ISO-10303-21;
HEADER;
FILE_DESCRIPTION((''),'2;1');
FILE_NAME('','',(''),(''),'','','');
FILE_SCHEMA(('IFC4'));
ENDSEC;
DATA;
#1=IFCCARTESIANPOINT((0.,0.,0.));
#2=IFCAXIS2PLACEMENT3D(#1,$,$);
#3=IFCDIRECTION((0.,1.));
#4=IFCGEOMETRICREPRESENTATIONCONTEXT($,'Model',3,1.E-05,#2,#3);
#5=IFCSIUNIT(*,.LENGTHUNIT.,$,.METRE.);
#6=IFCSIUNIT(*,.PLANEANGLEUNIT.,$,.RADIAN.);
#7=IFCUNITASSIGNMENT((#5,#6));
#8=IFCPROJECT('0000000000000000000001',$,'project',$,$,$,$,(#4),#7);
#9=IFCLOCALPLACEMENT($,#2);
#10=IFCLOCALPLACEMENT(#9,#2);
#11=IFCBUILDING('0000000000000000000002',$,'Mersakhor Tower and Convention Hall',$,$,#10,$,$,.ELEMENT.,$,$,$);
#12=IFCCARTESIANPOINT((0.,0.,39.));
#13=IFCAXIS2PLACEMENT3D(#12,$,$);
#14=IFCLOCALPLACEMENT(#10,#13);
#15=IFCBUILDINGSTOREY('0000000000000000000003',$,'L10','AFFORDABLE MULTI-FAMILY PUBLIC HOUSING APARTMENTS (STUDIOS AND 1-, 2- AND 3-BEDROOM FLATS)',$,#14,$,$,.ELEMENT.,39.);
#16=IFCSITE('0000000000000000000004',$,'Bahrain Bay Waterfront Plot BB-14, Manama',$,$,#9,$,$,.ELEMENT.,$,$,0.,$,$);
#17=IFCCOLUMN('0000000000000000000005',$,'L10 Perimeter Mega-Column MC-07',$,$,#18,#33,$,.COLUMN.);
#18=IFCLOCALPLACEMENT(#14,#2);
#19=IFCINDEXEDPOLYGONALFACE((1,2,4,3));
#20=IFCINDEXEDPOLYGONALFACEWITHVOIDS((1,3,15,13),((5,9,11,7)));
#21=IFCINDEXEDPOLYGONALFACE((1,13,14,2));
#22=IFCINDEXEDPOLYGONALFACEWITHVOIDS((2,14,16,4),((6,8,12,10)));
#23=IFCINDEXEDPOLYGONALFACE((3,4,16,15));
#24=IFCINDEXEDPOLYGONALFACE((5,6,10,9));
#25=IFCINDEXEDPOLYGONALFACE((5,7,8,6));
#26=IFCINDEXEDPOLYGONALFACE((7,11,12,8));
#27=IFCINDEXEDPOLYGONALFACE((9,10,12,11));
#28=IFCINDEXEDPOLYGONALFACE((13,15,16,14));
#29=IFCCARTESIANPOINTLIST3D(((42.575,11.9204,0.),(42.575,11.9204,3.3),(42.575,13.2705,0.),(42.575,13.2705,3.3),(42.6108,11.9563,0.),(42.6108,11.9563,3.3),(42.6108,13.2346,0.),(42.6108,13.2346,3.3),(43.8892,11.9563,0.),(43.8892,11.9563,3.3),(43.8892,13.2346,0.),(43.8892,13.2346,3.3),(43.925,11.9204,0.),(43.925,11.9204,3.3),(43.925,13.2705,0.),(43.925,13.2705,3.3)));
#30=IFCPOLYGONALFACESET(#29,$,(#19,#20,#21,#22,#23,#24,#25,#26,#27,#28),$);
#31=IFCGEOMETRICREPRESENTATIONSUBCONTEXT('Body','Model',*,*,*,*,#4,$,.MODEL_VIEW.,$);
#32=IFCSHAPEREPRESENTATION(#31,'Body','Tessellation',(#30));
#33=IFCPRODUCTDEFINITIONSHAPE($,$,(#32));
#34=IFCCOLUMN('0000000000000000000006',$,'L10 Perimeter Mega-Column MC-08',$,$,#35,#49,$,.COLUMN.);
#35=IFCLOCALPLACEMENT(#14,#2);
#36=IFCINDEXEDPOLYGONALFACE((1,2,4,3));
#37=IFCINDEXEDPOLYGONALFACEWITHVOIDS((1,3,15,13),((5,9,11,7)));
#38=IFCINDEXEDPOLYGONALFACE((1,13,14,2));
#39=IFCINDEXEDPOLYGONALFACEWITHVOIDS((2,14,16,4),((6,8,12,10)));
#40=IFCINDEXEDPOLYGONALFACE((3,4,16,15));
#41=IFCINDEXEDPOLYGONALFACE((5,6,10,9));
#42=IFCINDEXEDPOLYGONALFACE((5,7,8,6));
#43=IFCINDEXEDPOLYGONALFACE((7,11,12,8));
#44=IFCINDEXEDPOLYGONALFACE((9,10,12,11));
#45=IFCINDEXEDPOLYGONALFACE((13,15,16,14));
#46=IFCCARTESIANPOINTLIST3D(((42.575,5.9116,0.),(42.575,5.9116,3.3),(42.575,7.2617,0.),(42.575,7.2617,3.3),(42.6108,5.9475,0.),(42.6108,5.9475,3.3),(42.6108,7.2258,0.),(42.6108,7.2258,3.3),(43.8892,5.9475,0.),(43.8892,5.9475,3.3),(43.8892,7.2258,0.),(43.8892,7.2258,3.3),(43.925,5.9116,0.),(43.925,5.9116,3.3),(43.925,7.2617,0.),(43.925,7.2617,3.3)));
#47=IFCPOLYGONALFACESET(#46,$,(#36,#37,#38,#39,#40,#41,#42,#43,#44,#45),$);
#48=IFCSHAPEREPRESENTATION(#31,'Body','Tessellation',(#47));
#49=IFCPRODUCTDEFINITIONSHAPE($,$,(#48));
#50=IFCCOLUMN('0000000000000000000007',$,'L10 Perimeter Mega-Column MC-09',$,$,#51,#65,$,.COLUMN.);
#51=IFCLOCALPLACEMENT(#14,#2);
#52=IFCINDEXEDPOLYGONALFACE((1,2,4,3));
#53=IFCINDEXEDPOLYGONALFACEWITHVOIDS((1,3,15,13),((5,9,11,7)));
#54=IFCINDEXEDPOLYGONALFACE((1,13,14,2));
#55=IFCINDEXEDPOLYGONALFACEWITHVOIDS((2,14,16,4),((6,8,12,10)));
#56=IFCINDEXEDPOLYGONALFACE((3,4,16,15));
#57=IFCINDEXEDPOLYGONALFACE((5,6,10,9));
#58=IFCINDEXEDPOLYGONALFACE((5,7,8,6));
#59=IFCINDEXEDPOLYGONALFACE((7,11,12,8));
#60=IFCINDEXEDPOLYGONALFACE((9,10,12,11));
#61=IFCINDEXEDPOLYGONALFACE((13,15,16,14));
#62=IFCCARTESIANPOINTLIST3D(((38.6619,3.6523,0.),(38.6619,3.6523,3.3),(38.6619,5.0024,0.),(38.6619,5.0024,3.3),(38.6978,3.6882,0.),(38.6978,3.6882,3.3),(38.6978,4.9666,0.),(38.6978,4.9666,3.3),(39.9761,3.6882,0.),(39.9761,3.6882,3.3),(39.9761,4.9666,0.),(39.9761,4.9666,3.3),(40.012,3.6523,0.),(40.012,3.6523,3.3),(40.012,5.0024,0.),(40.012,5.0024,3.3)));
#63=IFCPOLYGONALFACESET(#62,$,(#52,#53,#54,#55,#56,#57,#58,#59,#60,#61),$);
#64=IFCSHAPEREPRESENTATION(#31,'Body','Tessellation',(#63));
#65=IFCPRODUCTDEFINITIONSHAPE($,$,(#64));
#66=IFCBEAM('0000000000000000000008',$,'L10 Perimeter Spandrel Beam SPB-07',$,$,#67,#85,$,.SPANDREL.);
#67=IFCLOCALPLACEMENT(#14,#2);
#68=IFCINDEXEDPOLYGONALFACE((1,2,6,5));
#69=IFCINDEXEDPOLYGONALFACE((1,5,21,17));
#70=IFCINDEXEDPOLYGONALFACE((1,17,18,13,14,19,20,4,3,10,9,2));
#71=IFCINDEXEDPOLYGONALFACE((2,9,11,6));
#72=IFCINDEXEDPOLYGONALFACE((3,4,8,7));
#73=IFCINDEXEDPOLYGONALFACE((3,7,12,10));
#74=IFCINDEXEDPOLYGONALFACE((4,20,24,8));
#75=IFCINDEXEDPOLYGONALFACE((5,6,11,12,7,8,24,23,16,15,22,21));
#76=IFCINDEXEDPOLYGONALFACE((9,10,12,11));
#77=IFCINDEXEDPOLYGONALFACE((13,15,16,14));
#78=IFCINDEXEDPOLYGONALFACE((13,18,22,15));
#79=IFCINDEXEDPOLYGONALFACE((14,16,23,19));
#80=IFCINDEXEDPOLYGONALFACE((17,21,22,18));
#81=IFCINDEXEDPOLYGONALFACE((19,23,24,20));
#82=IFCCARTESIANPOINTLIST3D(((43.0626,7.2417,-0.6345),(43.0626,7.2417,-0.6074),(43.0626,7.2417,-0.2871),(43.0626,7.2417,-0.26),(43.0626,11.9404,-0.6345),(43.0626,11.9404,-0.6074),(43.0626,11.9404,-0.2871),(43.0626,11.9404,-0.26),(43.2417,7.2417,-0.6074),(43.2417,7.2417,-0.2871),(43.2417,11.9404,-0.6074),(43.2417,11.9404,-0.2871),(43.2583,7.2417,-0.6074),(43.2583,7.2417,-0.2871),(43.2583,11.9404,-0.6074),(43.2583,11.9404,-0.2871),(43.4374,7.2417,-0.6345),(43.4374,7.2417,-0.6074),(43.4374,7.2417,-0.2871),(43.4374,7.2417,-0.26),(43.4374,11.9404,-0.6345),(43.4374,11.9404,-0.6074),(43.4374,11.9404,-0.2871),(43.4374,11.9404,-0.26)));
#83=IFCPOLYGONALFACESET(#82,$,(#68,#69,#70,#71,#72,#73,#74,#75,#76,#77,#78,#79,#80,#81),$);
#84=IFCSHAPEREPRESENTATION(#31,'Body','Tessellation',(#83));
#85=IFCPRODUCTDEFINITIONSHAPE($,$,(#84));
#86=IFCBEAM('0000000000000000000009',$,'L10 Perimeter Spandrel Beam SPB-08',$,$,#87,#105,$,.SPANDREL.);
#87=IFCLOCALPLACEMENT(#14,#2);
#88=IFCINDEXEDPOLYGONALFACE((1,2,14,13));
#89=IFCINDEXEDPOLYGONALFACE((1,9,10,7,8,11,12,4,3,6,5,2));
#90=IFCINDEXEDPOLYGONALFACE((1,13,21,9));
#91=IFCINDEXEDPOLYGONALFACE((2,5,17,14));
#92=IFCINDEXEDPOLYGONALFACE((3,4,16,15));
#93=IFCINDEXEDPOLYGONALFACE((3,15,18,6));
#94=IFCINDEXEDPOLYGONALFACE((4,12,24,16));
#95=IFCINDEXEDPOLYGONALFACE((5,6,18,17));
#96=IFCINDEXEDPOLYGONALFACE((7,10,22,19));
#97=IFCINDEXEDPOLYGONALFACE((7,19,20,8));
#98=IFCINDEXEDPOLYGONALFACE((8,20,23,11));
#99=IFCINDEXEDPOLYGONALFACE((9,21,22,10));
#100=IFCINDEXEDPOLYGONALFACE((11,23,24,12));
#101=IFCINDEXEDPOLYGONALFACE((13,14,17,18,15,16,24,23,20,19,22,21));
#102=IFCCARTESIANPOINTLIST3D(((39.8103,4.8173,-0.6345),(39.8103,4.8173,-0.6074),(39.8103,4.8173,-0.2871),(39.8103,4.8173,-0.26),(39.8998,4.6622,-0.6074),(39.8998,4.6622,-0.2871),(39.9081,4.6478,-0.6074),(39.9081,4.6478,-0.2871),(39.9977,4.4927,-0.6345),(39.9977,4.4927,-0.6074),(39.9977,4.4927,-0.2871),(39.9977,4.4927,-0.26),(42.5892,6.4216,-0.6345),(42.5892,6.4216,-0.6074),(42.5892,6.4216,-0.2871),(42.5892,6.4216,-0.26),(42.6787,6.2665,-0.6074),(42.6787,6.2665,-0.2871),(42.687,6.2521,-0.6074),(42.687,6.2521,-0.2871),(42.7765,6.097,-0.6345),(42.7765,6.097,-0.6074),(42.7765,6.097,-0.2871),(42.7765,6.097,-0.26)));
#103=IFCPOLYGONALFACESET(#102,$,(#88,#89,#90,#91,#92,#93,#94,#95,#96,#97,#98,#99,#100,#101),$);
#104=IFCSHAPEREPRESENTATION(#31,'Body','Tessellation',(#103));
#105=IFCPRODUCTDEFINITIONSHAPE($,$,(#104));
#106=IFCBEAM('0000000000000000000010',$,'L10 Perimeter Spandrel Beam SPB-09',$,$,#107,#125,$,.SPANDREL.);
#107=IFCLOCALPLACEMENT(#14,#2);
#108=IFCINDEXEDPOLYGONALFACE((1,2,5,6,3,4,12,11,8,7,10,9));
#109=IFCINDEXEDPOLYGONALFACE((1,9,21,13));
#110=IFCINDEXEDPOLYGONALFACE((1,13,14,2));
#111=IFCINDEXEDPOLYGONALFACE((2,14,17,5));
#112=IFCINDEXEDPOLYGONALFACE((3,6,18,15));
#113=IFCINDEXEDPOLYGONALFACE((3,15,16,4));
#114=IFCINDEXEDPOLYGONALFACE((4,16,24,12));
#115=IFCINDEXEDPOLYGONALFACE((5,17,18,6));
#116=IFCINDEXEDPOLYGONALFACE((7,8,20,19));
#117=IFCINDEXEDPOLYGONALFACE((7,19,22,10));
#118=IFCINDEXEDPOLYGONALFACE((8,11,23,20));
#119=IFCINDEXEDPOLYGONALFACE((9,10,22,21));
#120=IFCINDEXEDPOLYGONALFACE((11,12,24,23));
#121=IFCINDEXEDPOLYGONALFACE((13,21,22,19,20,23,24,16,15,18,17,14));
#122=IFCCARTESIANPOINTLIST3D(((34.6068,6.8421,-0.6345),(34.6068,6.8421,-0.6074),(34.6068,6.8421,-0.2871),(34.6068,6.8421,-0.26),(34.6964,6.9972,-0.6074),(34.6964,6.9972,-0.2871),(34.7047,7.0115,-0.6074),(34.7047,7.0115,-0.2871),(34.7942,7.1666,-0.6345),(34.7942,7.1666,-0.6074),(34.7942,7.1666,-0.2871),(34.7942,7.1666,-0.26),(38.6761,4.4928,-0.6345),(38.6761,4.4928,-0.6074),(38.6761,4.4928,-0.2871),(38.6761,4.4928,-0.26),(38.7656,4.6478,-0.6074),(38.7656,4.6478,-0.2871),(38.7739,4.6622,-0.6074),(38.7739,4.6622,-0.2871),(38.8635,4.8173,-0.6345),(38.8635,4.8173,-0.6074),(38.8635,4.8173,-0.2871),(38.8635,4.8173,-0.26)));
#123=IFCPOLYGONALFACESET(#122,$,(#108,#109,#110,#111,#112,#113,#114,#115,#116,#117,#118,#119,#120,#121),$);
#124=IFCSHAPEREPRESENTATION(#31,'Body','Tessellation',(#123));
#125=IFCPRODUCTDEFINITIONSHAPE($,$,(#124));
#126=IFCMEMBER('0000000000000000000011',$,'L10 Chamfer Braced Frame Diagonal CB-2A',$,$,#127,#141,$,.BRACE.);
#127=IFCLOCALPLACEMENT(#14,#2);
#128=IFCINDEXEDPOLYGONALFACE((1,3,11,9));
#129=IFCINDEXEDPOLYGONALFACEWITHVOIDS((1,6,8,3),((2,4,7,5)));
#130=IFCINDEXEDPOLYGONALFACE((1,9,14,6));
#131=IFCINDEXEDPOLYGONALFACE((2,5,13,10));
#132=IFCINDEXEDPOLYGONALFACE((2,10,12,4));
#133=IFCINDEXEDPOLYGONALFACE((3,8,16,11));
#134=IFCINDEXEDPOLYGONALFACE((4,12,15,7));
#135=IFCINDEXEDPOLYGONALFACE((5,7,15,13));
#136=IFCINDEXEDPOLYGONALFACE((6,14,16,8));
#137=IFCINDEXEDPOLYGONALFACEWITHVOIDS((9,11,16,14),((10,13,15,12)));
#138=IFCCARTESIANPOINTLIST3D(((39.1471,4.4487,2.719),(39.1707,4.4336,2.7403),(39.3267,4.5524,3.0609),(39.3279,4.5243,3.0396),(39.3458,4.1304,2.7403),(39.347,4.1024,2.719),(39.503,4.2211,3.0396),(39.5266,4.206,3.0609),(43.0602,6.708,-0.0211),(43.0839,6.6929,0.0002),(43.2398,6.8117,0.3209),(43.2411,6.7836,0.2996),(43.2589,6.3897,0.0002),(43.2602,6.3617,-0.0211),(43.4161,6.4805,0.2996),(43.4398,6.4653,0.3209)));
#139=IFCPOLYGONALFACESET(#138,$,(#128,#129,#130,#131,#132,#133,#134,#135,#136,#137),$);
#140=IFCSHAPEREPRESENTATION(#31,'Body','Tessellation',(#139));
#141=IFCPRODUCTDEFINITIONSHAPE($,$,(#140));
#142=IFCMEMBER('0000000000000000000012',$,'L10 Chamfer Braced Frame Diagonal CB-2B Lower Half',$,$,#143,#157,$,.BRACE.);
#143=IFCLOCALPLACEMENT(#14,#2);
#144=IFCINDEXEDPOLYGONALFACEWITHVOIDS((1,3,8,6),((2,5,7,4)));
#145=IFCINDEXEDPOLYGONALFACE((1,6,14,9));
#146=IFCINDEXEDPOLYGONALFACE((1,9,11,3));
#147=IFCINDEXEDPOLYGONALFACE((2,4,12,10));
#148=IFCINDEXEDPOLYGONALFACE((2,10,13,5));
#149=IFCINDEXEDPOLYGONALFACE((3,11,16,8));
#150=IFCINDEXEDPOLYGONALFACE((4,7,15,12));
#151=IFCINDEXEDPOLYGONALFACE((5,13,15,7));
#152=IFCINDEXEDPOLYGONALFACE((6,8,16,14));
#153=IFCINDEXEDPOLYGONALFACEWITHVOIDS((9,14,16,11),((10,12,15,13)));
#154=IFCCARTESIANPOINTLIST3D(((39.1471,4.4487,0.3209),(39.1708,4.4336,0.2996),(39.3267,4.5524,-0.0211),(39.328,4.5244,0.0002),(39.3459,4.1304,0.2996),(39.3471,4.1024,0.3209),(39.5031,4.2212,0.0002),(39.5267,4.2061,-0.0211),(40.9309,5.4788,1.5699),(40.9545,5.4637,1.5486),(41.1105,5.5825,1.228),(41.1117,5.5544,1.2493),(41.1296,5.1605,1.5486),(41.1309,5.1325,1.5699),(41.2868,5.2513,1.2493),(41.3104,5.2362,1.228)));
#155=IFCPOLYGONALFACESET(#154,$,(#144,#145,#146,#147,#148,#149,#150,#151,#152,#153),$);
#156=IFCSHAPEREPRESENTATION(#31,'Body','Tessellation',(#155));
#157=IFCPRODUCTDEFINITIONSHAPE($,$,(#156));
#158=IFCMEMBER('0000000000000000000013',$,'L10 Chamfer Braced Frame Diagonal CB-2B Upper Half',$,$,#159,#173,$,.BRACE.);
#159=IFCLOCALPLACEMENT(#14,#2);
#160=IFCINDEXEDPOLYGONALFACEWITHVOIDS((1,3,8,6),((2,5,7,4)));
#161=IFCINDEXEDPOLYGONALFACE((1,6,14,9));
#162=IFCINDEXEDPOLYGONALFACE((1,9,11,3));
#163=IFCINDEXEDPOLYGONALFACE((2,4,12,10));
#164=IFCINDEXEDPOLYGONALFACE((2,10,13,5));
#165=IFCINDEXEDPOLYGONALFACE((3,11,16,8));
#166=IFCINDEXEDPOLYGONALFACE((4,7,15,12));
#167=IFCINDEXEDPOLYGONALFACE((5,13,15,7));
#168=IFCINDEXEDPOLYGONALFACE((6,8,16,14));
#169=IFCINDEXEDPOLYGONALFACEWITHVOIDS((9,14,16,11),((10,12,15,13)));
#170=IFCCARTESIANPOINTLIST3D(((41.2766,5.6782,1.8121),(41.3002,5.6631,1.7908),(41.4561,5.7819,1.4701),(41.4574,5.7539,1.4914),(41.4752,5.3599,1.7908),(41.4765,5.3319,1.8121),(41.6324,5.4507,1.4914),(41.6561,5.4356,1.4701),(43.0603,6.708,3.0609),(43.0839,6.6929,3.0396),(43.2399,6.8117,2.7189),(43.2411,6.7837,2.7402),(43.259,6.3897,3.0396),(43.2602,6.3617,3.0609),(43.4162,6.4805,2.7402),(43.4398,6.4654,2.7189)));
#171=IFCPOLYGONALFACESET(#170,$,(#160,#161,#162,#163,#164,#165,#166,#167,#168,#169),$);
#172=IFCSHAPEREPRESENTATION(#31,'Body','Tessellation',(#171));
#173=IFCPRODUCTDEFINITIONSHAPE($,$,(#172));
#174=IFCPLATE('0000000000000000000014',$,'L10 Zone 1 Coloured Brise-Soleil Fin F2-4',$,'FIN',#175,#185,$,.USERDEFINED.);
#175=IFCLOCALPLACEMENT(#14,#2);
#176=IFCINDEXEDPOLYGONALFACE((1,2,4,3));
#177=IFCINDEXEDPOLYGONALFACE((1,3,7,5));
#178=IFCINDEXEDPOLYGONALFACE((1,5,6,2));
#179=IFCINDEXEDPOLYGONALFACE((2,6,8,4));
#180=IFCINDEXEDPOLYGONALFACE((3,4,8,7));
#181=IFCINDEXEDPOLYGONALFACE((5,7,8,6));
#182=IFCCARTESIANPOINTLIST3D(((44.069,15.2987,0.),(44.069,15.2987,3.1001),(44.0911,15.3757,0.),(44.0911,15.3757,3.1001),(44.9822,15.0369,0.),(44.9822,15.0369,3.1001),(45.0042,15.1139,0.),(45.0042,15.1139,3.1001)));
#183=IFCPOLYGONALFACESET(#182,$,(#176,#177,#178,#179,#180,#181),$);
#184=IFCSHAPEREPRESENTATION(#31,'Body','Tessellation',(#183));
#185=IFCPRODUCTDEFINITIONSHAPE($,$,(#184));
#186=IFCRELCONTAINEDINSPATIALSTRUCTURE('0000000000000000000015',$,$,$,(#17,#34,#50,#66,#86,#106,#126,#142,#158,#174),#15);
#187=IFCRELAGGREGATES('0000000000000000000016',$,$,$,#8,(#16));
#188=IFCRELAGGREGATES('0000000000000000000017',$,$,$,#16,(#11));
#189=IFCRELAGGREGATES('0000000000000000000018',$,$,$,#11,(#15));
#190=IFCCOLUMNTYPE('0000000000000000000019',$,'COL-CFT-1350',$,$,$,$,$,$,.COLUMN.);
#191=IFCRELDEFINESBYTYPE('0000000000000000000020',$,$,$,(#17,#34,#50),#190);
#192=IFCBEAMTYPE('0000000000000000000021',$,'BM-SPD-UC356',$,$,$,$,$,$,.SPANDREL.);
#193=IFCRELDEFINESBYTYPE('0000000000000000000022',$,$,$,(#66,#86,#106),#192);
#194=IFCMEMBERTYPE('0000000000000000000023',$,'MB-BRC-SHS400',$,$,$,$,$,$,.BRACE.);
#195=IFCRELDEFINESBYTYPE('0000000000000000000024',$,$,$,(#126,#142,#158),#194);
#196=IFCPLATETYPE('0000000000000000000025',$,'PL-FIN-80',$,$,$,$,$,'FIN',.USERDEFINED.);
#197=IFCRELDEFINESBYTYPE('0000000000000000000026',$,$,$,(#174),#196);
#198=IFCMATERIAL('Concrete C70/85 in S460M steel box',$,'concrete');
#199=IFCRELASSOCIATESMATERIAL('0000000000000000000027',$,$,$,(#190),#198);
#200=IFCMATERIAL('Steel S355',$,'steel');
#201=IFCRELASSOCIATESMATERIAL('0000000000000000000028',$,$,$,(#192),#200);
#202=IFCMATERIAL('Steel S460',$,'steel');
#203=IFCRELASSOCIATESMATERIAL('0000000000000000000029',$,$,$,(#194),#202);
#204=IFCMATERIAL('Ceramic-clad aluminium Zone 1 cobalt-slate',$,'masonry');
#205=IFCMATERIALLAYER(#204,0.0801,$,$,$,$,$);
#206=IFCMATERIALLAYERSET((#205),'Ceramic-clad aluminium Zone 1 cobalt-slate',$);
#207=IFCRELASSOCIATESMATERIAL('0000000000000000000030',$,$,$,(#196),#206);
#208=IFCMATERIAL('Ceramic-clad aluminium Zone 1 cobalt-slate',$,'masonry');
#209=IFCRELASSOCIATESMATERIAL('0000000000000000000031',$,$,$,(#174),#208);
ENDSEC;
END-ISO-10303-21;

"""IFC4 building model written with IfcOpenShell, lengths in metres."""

from ifc_helpers import new_model, si_unit, direction, frame, origin, origin_2d, place, context, subcontext, project, spatial, rectangle, hollow_rectangle, i_section, extrude, material, layer, layer_set, material_profile, profile_set, type_object, element, save


model = new_model("IFC4")

# Units and contexts
model_context = context("Model", 3, precision=1e-05, world=origin(), true_north=direction((0.0, 1.0)))
body_context = subcontext(model_context, "Body", "Model", "MODEL_VIEW")
ifc_project = project(units=[si_unit("LENGTHUNIT", "METRE"), si_unit("PLANEANGLEUNIT", "RADIAN")], contexts=[model_context])

# Site, building, storey
site_placement = place(None, origin())
site = spatial("IfcSite", under=ifc_project, at=site_placement, Name="Bahrain Bay Waterfront Plot BB-14, Manama", CompositionType="ELEMENT", RefElevation=0.0)
building_placement = place(site_placement, origin())
building = spatial("IfcBuilding", under=site, at=building_placement, Name="Mersakhor Tower and Convention Hall", CompositionType="ELEMENT")
storey_placement = place(building_placement, frame((0.0, 0.0, 39.0)))
storey = spatial("IfcBuildingStorey", under=building, at=storey_placement, Name="L10", Description="AFFORDABLE MULTI-FAMILY PUBLIC HOUSING APARTMENTS (STUDIOS AND 1-, 2- AND 3-BEDROOM FLATS)", CompositionType="ELEMENT", Elevation=39.0)

# Columns
ifc_material_1 = material(Name="Concrete C70/85 in S460M steel box", Category="concrete")
ifc_material_profile_1 = material_profile(ifc_material_1, hollow_rectangle(XDim=1.3501, YDim=1.3501, WallThickness=0.0359, at=origin_2d()), Name="SHS 1350x1350x36")
ifc_profile_set_1 = profile_set([ifc_material_profile_1], Name="Concrete C70/85 in S460M steel box")
column_type = type_object("IfcColumnType", Name="COL-CFT-1350", PredefinedType="COLUMN", material=ifc_profile_set_1)
for number, where, z_axis, x_axis, name in (
    (1, (43.25, 12.5955, 0.0), (0.0, 0.0, 1.0), (1.0, 0.0, 0.0), "L10 Perimeter Mega-Column MC-07"),
    (2, (43.25, 6.5867, 0.0), (0.0, 0.0, 1.0), (1.0, 0.0, 0.0), "L10 Perimeter Mega-Column MC-08"),
    (3, (39.3369, 4.3274, 0.0), (0.0, 0.0, 1.0), (1.0, 0.0, 0.0), "L10 Perimeter Mega-Column MC-09"),
):
    element("IfcColumn", number, at=place(storey_placement, frame(where, z_axis=z_axis, x_axis=x_axis)), inside=storey, type_object=column_type, Name=name, PredefinedType="COLUMN", context=body_context, shape_type="SweptSolid", body=[
        extrude(hollow_rectangle(XDim=1.3501, YDim=1.3501, WallThickness=0.0359, at=origin_2d()), origin(), (0.0, 0.0, 1.0), 3.3),
    ])

# Beams
ifc_material_2 = material(Name="Steel S355", Category="steel")
ifc_material_profile_2 = material_profile(ifc_material_2, i_section(OverallWidth=0.3748, OverallDepth=0.3745, WebThickness=0.0166, FlangeThickness=0.0271, at=origin_2d()), Name="UC 356x368x202")
ifc_profile_set_2 = profile_set([ifc_material_profile_2], Name="Steel S355")
beam_type = type_object("IfcBeamType", Name="BM-SPD-UC356", PredefinedType="SPANDREL", material=ifc_profile_set_2)
beam_1_placement = place(storey_placement, frame((43.25, 11.9404, -0.4473), z_axis=(0.0, -1.0, 0.0), x_axis=(1.0, 0.0, 0.0)))
element("IfcBeam", 4, at=beam_1_placement, inside=storey, type_object=beam_type, Name="L10 Perimeter Spandrel Beam SPB-07", PredefinedType="SPANDREL", context=body_context, shape_type="SweptSolid", body=[
    extrude(i_section(OverallWidth=0.3748, OverallDepth=0.3745, WebThickness=0.0166, FlangeThickness=0.0271, at=origin_2d()), origin(), (0.0, 0.0, 1.0), 4.6987),
])
beam_2_placement = place(storey_placement, frame((42.6829, 6.2593, -0.4473), z_axis=(-0.866039, -0.499977, 0.0), x_axis=(0.499977, -0.866039, 0.0)))
element("IfcBeam", 5, at=beam_2_placement, inside=storey, type_object=beam_type, Name="L10 Perimeter Spandrel Beam SPB-08", PredefinedType="SPANDREL", context=body_context, shape_type="SweptSolid", body=[
    extrude(i_section(OverallWidth=0.3748, OverallDepth=0.3745, WebThickness=0.0166, FlangeThickness=0.0271, at=origin_2d()), origin(), (0.0, 0.0, 1.0), 3.2087),
])
beam_3_placement = place(storey_placement, frame((38.7698, 4.655, -0.4473), z_axis=(-0.866032, 0.499989, 0.0), x_axis=(-0.499989, -0.866032, 0.0)))
element("IfcBeam", 6, at=beam_3_placement, inside=storey, type_object=beam_type, Name="L10 Perimeter Spandrel Beam SPB-09", PredefinedType="SPANDREL", context=body_context, shape_type="SweptSolid", body=[
    extrude(i_section(OverallWidth=0.3748, OverallDepth=0.3745, WebThickness=0.0166, FlangeThickness=0.0271, at=origin_2d()), origin(), (0.0, 0.0, 1.0), 4.6987),
])

# Members
ifc_material_3 = material(Name="Steel S460", Category="steel")
ifc_material_profile_3 = material_profile(ifc_material_3, hollow_rectangle(XDim=0.3999, YDim=0.3999, WallThickness=0.0249, at=origin_2d()), Name="SHS 400x400x25")
ifc_profile_set_3 = profile_set([ifc_material_profile_3], Name="Steel S460")
member_type = type_object("IfcMemberType", Name="MB-BRC-SHS400", PredefinedType="BRACE", material=ifc_profile_set_3)
member_1_placement = place(storey_placement, frame((43.25, 6.5867, 0.1499), z_axis=(-0.740508, -0.427543, 0.518513), x_axis=(0.500009, -0.86602, 0.0)))
element("IfcMember", 7, at=member_1_placement, inside=storey, type_object=member_type, Name="L10 Chamfer Braced Frame Diagonal CB-2A", PredefinedType="BRACE", context=body_context, shape_type="SweptSolid", body=[
    extrude(hollow_rectangle(XDim=0.3999, YDim=0.3999, WallThickness=0.0249, at=origin_2d()), origin(), (0.0, 0.0, 1.0), 5.2844),
])
member_2_placement = place(storey_placement, frame((39.3369, 4.3274, 0.1499), z_axis=(0.740473, 0.427601, 0.518514), x_axis=(-0.500078, 0.86598, 0.0)))
element("IfcMember", 8, at=member_2_placement, inside=storey, type_object=member_type, Name="L10 Chamfer Braced Frame Diagonal CB-2B Lower Half", PredefinedType="BRACE", context=body_context, shape_type="SweptSolid", body=[
    extrude(hollow_rectangle(XDim=0.3999, YDim=0.3999, WallThickness=0.0249, at=origin_2d()), origin(), (0.0, 0.0, 1.0), 2.4089),
])
member_3_placement = place(storey_placement, frame((41.4663, 5.5569, 1.6411), z_axis=(0.740544, 0.427541, 0.518462), x_axis=(-0.499989, 0.866032, 0.0)))
element("IfcMember", 9, at=member_3_placement, inside=storey, type_object=member_type, Name="L10 Chamfer Braced Frame Diagonal CB-2B Upper Half", PredefinedType="BRACE", context=body_context, shape_type="SweptSolid", body=[
    extrude(hollow_rectangle(XDim=0.3999, YDim=0.3999, WallThickness=0.0249, at=origin_2d()), origin(), (0.0, 0.0, 1.0), 2.4087),
])

# Plate
ifc_material_4 = material(Name="Ceramic-clad aluminium Zone 1 cobalt-slate", Category="masonry")
ifc_material_5 = material(Name="Ceramic-clad aluminium Zone 1 cobalt-slate", Category="masonry")
ifc_layer_1 = layer(ifc_material_5, 0.0801)
ifc_layer_set_1 = layer_set([ifc_layer_1], Name="Ceramic-clad aluminium Zone 1 cobalt-slate")
plate_type_1 = type_object("IfcPlateType", Name="PL-FIN-80", ElementType="FIN", PredefinedType="USERDEFINED", material=ifc_layer_set_1)
plate_1_placement = place(storey_placement, frame((44.5366, 15.2063, 0.0), z_axis=(0.0, 0.0, 1.0), x_axis=(0.961262, -0.275637, 0.0)))
element("IfcPlate", 10, at=plate_1_placement, inside=storey, type_object=plate_type_1, material=ifc_material_4, Name="L10 Zone 1 Coloured Brise-Soleil Fin F2-4", ObjectType="FIN", PredefinedType="USERDEFINED", context=body_context, shape_type="SweptSolid", body=[
    extrude(rectangle(XDim=0.95, YDim=0.0801, at=origin_2d()), origin(), (0.0, 0.0, 1.0), 3.1001),
])

save(model, "model.ifc")
